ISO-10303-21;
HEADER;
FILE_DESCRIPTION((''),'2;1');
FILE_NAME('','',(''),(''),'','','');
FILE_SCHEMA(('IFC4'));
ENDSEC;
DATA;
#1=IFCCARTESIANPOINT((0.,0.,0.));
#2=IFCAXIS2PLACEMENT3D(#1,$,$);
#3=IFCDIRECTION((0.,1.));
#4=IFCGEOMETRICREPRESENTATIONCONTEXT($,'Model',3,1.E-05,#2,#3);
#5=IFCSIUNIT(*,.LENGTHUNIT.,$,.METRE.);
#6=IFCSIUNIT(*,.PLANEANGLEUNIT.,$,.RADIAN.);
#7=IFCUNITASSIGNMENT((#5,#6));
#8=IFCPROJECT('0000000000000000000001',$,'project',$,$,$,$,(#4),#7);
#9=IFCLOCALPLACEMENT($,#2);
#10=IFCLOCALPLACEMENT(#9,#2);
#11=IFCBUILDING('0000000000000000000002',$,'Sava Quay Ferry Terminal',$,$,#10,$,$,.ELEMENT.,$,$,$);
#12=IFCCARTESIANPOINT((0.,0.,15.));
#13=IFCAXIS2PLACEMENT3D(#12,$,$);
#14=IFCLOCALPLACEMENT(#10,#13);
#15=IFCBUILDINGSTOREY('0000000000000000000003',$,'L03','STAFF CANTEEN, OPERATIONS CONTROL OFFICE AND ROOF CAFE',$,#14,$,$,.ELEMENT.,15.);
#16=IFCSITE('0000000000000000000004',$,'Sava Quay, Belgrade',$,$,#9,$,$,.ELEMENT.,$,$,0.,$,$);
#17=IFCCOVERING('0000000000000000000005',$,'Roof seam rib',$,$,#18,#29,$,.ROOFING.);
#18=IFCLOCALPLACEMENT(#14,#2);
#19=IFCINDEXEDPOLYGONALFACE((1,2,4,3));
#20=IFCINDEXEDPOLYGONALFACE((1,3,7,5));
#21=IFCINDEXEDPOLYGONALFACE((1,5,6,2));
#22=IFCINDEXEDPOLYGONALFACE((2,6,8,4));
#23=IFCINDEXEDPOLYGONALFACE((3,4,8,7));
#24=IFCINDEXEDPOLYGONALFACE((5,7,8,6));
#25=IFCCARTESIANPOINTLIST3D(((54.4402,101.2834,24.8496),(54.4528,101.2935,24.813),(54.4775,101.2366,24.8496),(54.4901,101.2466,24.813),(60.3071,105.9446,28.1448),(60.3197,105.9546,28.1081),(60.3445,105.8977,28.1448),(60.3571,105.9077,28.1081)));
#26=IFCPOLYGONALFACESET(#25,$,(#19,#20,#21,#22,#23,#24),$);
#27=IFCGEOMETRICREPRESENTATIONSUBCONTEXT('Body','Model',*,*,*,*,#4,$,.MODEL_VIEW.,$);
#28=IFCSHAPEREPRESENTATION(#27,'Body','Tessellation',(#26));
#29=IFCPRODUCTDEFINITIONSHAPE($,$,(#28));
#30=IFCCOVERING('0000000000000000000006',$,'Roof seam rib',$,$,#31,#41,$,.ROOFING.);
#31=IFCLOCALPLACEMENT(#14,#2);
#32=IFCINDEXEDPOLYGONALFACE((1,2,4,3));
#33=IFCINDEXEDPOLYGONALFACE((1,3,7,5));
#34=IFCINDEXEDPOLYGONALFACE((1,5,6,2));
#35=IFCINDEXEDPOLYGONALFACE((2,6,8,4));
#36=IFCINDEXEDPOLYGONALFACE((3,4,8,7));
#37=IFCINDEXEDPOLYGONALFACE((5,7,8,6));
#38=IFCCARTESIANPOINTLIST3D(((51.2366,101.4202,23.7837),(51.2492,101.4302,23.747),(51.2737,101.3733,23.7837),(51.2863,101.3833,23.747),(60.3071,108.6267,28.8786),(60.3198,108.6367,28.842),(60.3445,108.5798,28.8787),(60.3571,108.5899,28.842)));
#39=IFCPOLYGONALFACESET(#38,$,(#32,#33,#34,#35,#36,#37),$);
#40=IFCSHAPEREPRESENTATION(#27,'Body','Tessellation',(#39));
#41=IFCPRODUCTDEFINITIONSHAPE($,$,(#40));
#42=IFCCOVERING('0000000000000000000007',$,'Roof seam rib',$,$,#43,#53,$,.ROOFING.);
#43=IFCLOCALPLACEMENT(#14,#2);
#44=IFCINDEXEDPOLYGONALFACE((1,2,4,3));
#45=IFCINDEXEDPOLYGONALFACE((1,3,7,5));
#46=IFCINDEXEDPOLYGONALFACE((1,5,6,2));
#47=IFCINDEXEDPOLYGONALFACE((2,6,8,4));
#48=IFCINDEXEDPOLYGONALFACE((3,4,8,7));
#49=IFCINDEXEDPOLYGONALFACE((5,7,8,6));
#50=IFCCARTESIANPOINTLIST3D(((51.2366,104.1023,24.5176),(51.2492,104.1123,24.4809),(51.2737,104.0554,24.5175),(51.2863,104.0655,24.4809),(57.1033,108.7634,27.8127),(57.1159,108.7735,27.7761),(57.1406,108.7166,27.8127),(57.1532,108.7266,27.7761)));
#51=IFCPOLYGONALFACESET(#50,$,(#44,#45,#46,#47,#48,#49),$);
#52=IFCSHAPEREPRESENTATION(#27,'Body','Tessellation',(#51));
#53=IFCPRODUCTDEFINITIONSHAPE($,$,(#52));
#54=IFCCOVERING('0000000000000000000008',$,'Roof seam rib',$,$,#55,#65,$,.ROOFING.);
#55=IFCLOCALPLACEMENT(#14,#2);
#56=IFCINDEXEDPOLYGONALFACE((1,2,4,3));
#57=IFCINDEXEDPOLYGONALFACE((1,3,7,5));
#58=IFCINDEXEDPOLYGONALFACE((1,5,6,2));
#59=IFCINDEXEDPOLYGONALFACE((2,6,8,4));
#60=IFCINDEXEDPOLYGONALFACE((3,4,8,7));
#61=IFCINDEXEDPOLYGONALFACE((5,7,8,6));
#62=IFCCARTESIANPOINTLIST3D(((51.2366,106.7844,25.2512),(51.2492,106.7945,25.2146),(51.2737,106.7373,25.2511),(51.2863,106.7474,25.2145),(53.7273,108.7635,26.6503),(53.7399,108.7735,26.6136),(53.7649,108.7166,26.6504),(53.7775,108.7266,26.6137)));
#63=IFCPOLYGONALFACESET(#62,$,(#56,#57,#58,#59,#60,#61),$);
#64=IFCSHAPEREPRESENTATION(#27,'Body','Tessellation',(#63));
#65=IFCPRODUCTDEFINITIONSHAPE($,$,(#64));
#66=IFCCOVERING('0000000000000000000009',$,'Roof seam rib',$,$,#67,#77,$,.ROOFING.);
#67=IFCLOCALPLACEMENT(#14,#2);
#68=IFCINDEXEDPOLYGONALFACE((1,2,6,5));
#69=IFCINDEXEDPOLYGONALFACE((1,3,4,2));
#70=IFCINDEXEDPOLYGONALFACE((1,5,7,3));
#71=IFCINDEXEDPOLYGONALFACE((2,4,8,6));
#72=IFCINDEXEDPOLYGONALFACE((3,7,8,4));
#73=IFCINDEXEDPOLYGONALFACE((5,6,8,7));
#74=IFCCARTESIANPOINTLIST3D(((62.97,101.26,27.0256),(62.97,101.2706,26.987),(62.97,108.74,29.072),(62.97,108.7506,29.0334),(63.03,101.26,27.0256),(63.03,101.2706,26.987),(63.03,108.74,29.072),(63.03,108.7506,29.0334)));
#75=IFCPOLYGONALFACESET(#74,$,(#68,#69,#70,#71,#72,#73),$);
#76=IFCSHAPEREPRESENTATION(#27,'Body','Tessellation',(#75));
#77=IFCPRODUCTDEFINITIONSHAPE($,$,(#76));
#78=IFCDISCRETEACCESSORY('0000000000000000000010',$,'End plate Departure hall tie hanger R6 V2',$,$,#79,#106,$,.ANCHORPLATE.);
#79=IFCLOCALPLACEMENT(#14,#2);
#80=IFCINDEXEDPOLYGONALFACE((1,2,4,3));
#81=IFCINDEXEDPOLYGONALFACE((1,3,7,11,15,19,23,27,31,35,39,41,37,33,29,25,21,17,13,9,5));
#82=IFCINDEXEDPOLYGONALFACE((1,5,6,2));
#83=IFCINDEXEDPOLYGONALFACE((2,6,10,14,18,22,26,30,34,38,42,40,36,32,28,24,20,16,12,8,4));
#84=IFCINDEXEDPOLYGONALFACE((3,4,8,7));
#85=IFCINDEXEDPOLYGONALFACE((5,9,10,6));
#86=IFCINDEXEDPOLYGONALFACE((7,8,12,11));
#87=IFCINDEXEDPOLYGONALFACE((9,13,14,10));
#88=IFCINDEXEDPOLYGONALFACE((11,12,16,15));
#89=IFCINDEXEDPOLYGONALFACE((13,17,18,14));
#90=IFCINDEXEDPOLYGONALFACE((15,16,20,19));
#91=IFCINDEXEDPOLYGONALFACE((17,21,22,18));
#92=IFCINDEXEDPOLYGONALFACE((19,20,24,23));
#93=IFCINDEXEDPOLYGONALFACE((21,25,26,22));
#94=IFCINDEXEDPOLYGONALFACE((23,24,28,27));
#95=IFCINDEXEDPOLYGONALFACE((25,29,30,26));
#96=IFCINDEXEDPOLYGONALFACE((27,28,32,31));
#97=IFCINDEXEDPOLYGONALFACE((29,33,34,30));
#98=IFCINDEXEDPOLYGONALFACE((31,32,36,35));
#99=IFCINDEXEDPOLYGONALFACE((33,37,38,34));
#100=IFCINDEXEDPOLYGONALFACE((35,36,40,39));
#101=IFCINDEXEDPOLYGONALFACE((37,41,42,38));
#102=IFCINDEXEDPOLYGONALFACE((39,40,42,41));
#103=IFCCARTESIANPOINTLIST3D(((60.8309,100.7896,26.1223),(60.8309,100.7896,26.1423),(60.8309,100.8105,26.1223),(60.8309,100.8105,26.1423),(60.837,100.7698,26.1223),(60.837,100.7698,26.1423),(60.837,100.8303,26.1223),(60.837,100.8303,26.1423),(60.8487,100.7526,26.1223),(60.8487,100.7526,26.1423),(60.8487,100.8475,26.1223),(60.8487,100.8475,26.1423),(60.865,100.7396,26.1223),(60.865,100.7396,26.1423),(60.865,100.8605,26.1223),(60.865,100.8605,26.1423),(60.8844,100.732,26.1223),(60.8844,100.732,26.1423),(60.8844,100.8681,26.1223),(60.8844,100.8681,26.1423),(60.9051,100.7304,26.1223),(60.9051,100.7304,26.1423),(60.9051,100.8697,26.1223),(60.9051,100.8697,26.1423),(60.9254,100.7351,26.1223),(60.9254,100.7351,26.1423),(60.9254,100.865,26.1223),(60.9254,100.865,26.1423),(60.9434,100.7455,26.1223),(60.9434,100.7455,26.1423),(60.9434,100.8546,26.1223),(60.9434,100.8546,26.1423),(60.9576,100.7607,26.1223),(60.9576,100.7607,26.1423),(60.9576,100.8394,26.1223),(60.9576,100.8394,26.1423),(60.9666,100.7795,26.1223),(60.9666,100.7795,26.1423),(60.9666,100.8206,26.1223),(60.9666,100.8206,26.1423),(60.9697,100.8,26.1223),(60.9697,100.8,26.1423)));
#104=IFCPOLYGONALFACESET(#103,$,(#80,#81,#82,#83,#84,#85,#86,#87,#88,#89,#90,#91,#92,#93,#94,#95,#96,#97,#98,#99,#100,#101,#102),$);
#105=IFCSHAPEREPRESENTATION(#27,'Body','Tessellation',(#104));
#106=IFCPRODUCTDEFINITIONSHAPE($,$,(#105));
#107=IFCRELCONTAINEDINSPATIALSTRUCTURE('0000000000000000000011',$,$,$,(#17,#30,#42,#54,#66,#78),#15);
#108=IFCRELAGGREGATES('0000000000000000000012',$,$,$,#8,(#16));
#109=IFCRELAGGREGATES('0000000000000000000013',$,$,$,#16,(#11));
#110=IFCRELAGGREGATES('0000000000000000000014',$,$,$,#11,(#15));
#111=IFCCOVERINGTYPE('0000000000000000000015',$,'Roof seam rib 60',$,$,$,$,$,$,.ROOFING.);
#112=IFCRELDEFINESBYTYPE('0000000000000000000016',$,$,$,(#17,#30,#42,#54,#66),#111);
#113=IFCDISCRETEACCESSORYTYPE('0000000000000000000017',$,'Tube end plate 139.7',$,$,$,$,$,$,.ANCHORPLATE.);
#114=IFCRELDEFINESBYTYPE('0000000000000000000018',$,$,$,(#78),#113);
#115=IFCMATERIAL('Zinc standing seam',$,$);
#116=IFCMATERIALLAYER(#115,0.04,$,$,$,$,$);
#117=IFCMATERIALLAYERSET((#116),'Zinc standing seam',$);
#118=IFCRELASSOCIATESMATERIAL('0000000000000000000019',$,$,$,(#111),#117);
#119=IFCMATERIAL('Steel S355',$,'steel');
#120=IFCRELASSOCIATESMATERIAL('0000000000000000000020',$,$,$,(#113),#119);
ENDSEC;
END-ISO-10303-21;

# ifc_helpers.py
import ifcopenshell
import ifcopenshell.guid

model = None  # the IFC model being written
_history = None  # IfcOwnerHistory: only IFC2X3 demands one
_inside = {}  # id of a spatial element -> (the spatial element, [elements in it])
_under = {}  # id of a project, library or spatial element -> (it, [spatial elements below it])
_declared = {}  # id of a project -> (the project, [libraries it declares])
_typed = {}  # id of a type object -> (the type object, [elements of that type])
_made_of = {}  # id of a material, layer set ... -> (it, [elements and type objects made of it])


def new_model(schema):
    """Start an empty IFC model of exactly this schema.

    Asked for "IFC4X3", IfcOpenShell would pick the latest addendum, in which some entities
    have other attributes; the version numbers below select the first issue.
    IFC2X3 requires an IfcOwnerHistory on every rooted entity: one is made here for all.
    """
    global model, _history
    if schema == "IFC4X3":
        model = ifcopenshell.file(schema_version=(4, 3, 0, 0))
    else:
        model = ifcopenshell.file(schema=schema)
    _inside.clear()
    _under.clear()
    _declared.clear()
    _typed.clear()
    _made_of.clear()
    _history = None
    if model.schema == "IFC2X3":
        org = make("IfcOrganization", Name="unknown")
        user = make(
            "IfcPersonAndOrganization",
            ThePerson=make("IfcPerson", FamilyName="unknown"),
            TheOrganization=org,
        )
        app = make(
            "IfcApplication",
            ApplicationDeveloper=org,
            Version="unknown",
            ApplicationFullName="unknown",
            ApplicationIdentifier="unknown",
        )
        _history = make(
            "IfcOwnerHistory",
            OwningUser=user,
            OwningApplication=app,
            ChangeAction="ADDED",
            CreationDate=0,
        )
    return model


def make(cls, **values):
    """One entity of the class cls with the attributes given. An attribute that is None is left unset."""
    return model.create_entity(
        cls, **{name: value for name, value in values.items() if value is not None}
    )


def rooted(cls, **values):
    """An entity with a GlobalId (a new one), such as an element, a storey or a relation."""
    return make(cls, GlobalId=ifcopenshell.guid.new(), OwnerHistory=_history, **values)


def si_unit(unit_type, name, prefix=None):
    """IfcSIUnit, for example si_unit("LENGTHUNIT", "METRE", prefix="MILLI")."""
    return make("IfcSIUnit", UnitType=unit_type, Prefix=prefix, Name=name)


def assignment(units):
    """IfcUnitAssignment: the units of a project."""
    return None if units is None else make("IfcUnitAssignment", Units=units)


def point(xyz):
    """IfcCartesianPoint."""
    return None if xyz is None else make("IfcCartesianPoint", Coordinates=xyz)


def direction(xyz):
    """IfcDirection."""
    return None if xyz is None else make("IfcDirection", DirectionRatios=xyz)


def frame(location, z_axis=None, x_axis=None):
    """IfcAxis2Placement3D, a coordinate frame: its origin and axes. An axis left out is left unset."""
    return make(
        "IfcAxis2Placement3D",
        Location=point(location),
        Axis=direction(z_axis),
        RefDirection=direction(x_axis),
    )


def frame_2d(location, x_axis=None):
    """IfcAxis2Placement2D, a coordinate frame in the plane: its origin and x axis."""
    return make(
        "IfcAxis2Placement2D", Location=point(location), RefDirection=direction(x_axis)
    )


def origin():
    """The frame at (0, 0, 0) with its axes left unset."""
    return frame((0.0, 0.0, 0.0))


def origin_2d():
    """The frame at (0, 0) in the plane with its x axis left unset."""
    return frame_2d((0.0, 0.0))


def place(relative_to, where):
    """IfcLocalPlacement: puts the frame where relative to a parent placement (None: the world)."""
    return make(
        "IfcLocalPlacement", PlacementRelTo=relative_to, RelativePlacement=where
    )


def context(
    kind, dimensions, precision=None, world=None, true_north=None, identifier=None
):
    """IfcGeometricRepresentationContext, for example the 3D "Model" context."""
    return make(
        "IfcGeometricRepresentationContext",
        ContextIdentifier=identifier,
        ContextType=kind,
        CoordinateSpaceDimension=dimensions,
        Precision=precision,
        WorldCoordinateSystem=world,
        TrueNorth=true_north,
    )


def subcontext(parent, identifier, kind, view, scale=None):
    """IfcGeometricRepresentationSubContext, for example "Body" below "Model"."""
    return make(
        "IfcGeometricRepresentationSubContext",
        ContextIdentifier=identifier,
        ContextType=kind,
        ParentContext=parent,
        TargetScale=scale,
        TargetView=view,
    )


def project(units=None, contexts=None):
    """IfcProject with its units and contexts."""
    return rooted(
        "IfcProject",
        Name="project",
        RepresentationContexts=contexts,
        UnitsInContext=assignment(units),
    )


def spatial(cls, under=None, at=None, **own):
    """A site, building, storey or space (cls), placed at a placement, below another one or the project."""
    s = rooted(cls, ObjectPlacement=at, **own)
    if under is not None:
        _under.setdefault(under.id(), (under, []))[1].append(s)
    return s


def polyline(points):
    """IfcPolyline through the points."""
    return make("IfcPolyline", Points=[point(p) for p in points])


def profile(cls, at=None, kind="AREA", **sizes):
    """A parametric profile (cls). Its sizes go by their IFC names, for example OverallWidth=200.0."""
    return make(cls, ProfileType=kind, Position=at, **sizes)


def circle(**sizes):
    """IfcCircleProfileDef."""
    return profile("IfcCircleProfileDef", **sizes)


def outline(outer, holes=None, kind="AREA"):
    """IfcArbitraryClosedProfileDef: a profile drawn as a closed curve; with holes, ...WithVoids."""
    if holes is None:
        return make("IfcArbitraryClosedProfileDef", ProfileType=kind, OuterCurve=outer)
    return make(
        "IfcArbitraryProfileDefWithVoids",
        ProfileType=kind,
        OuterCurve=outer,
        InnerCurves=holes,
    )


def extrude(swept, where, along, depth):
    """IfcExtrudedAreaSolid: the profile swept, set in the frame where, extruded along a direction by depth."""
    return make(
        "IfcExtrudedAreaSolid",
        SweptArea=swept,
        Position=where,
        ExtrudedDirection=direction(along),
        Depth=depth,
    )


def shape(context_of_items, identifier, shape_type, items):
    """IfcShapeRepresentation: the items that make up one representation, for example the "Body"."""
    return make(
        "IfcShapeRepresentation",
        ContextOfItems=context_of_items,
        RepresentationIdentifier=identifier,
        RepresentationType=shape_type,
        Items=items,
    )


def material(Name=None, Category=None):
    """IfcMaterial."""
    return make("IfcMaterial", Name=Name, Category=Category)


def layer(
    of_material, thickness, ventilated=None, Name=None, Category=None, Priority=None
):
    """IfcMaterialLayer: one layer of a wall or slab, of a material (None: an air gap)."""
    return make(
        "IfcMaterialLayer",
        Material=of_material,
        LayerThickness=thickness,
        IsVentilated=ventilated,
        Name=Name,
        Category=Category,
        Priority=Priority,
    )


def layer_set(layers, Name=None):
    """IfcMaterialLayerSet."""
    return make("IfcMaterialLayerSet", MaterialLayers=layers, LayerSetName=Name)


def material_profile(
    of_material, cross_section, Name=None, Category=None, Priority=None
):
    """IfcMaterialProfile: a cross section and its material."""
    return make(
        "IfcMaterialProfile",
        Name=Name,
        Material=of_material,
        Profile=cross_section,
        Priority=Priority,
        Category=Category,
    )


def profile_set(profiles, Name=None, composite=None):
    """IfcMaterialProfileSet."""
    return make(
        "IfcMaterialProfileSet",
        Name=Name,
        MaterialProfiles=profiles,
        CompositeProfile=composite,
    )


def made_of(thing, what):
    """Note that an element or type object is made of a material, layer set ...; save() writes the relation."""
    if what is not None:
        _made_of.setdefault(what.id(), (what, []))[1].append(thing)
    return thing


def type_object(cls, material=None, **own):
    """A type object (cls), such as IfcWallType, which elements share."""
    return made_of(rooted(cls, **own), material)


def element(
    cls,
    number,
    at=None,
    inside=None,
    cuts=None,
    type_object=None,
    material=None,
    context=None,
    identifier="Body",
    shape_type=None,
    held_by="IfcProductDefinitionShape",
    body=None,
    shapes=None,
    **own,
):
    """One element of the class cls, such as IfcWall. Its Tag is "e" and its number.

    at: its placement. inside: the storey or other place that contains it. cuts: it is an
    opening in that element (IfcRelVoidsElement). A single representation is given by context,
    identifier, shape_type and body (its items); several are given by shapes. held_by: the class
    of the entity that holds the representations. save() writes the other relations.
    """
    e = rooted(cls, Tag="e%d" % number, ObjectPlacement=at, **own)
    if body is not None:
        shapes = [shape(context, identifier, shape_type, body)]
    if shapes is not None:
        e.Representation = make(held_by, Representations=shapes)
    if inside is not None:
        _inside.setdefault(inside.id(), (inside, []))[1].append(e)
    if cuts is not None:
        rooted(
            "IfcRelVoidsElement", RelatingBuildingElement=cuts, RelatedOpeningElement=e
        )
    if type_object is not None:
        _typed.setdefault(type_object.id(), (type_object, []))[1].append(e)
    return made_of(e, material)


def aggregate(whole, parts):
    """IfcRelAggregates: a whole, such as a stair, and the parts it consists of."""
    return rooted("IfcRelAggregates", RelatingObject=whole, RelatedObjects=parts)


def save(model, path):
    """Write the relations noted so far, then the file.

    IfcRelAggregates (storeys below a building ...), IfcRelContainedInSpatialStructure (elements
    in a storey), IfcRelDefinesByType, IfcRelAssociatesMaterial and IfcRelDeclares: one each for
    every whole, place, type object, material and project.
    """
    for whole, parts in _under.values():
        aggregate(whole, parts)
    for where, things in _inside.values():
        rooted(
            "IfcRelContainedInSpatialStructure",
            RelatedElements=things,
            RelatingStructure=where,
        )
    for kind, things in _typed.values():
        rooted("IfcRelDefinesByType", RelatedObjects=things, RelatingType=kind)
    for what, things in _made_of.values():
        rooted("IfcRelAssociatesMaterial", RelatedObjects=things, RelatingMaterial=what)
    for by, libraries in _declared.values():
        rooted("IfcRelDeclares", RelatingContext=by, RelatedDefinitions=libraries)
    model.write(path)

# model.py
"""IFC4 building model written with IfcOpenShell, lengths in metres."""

from ifc_helpers import new_model, si_unit, direction, frame, origin, origin_2d, place, context, subcontext, project, spatial, polyline, circle, outline, extrude, material, layer, layer_set, material_profile, profile_set, type_object, element, save


model = new_model("IFC4")

# Units and contexts
model_context = context("Model", 3, precision=1e-05, world=origin(), true_north=direction((0.0, 1.0)))
body_context = subcontext(model_context, "Body", "Model", "MODEL_VIEW")
ifc_project = project(units=[si_unit("LENGTHUNIT", "METRE"), si_unit("PLANEANGLEUNIT", "RADIAN")], contexts=[model_context])

# Site, building, storey
site_placement = place(None, origin())
site = spatial("IfcSite", under=ifc_project, at=site_placement, Name="Sava Quay, Belgrade", CompositionType="ELEMENT", RefElevation=0.0)
building_placement = place(site_placement, origin())
building = spatial("IfcBuilding", under=site, at=building_placement, Name="Sava Quay Ferry Terminal", CompositionType="ELEMENT")
storey_placement = place(building_placement, frame((0.0, 0.0, 15.0)))
storey = spatial("IfcBuildingStorey", under=building, at=storey_placement, Name="L03", Description="STAFF CANTEEN, OPERATIONS CONTROL OFFICE AND ROOF CAFE", CompositionType="ELEMENT", Elevation=15.0)

# Coverings
ifc_material_1 = material(Name="Zinc standing seam")
ifc_layer_1 = layer(ifc_material_1, 0.04)
ifc_layer_set_1 = layer_set([ifc_layer_1], Name="Zinc standing seam")
covering_type_1 = type_object("IfcCoveringType", Name="Roof seam rib 60", PredefinedType="ROOFING", material=ifc_layer_set_1)
covering_1_placement = place(storey_placement, frame((54.4402, 101.2834, 24.8496), z_axis=(-0.31482, -0.250873, 0.915397), x_axis=(0.716733, 0.569425, 0.402553)))
element("IfcCovering", 1, at=covering_1_placement, inside=storey, type_object=covering_type_1, Name="Roof seam rib", PredefinedType="ROOFING", context=body_context, shape_type="SweptSolid", body=[
    extrude(outline(polyline([(0.0, 0.0), (8.1857, 0.0), (8.1858, -0.0599), (0.0001, -0.0599), (0.0, 0.0)])), origin(), (0.0, 0.0, -1.0), 0.04),
])
covering_2_placement = place(storey_placement, frame((51.2366, 101.4202, 23.7837), z_axis=(-0.31524, -0.250386, 0.915385), x_axis=(0.716715, 0.569429, 0.402579)))
element("IfcCovering", 2, at=covering_2_placement, inside=storey, type_object=covering_type_1, Name="Roof seam rib", PredefinedType="ROOFING", context=body_context, shape_type="SweptSolid", body=[
    extrude(outline(polyline([(0.0, 0.0), (12.6557, 0.0), (12.6558, -0.0599), (-0.0001, -0.0598), (0.0, 0.0)])), origin(), (0.0, 0.0, -1.0), 0.04),
])
covering_3_placement = place(storey_placement, frame((51.2366, 104.1023, 24.5176), z_axis=(-0.315223, -0.250373, 0.915395), x_axis=(0.71672, 0.569439, 0.402557)))
element("IfcCovering", 3, at=covering_3_placement, inside=storey, type_object=covering_type_1, Name="Roof seam rib", PredefinedType="ROOFING", context=body_context, shape_type="SweptSolid", body=[
    extrude(outline(polyline([(0.0, 0.0), (8.1855, 0.0), (8.1856, -0.0599), (-0.0001, -0.0598), (0.0, 0.0)])), origin(), (0.0, 0.0, -1.0), 0.04),
])
covering_4_placement = place(storey_placement, frame((51.2366, 106.7844, 25.2512), z_axis=(-0.315154, -0.250486, 0.915388), x_axis=(0.716699, 0.569453, 0.402574)))
element("IfcCovering", 4, at=covering_4_placement, inside=storey, type_object=covering_type_1, Name="Roof seam rib", PredefinedType="ROOFING", context=body_context, shape_type="SweptSolid", body=[
    extrude(outline(polyline([(0.0, 0.0), (3.4753, 0.0), (3.4756, -0.0601), (-0.0002, -0.06), (0.0, 0.0)])), origin(), (0.0, 0.0, -1.0), 0.04),
])
covering_5_placement = place(storey_placement, frame((62.97, 101.26, 27.0256), z_axis=(0.0, -0.263885, 0.964554), x_axis=(0.0, 0.964554, 0.263885)))
element("IfcCovering", 5, at=covering_5_placement, inside=storey, type_object=covering_type_1, Name="Roof seam rib", PredefinedType="ROOFING", context=body_context, shape_type="SweptSolid", body=[
    extrude(outline(polyline([(0.0, 0.0), (7.7549, 0.0), (7.7549, -0.0601), (0.0, -0.0601), (0.0, 0.0)])), origin(), (0.0, 0.0, -1.0), 0.04),
])

# Discrete accessory
ifc_material_2 = material(Name="Steel S355", Category="steel")
ifc_material_profile_1 = material_profile(ifc_material_2, circle(Radius=0.0698, at=origin_2d()), Name="Plate 139.7 dia x 20")
ifc_profile_set_1 = profile_set([ifc_material_profile_1], Name="Steel S355")
discrete_accessory_type = type_object("IfcDiscreteAccessoryType", Name="Tube end plate 139.7", PredefinedType="ANCHORPLATE", material=ifc_profile_set_1)
discrete_accessory_placement = place(storey_placement, frame((60.8999, 100.8, 26.1223), z_axis=(0.0, 0.0, 1.0), x_axis=(1.0, 0.0, 0.0)))
element("IfcDiscreteAccessory", 6, at=discrete_accessory_placement, inside=storey, type_object=discrete_accessory_type, Name="End plate Departure hall tie hanger R6 V2", PredefinedType="ANCHORPLATE", context=body_context, shape_type="SweptSolid", body=[
    extrude(circle(Radius=0.0698, at=origin_2d()), origin(), (0.0, 0.0, 1.0), 0.02),
])

save(model, "model.ifc")
